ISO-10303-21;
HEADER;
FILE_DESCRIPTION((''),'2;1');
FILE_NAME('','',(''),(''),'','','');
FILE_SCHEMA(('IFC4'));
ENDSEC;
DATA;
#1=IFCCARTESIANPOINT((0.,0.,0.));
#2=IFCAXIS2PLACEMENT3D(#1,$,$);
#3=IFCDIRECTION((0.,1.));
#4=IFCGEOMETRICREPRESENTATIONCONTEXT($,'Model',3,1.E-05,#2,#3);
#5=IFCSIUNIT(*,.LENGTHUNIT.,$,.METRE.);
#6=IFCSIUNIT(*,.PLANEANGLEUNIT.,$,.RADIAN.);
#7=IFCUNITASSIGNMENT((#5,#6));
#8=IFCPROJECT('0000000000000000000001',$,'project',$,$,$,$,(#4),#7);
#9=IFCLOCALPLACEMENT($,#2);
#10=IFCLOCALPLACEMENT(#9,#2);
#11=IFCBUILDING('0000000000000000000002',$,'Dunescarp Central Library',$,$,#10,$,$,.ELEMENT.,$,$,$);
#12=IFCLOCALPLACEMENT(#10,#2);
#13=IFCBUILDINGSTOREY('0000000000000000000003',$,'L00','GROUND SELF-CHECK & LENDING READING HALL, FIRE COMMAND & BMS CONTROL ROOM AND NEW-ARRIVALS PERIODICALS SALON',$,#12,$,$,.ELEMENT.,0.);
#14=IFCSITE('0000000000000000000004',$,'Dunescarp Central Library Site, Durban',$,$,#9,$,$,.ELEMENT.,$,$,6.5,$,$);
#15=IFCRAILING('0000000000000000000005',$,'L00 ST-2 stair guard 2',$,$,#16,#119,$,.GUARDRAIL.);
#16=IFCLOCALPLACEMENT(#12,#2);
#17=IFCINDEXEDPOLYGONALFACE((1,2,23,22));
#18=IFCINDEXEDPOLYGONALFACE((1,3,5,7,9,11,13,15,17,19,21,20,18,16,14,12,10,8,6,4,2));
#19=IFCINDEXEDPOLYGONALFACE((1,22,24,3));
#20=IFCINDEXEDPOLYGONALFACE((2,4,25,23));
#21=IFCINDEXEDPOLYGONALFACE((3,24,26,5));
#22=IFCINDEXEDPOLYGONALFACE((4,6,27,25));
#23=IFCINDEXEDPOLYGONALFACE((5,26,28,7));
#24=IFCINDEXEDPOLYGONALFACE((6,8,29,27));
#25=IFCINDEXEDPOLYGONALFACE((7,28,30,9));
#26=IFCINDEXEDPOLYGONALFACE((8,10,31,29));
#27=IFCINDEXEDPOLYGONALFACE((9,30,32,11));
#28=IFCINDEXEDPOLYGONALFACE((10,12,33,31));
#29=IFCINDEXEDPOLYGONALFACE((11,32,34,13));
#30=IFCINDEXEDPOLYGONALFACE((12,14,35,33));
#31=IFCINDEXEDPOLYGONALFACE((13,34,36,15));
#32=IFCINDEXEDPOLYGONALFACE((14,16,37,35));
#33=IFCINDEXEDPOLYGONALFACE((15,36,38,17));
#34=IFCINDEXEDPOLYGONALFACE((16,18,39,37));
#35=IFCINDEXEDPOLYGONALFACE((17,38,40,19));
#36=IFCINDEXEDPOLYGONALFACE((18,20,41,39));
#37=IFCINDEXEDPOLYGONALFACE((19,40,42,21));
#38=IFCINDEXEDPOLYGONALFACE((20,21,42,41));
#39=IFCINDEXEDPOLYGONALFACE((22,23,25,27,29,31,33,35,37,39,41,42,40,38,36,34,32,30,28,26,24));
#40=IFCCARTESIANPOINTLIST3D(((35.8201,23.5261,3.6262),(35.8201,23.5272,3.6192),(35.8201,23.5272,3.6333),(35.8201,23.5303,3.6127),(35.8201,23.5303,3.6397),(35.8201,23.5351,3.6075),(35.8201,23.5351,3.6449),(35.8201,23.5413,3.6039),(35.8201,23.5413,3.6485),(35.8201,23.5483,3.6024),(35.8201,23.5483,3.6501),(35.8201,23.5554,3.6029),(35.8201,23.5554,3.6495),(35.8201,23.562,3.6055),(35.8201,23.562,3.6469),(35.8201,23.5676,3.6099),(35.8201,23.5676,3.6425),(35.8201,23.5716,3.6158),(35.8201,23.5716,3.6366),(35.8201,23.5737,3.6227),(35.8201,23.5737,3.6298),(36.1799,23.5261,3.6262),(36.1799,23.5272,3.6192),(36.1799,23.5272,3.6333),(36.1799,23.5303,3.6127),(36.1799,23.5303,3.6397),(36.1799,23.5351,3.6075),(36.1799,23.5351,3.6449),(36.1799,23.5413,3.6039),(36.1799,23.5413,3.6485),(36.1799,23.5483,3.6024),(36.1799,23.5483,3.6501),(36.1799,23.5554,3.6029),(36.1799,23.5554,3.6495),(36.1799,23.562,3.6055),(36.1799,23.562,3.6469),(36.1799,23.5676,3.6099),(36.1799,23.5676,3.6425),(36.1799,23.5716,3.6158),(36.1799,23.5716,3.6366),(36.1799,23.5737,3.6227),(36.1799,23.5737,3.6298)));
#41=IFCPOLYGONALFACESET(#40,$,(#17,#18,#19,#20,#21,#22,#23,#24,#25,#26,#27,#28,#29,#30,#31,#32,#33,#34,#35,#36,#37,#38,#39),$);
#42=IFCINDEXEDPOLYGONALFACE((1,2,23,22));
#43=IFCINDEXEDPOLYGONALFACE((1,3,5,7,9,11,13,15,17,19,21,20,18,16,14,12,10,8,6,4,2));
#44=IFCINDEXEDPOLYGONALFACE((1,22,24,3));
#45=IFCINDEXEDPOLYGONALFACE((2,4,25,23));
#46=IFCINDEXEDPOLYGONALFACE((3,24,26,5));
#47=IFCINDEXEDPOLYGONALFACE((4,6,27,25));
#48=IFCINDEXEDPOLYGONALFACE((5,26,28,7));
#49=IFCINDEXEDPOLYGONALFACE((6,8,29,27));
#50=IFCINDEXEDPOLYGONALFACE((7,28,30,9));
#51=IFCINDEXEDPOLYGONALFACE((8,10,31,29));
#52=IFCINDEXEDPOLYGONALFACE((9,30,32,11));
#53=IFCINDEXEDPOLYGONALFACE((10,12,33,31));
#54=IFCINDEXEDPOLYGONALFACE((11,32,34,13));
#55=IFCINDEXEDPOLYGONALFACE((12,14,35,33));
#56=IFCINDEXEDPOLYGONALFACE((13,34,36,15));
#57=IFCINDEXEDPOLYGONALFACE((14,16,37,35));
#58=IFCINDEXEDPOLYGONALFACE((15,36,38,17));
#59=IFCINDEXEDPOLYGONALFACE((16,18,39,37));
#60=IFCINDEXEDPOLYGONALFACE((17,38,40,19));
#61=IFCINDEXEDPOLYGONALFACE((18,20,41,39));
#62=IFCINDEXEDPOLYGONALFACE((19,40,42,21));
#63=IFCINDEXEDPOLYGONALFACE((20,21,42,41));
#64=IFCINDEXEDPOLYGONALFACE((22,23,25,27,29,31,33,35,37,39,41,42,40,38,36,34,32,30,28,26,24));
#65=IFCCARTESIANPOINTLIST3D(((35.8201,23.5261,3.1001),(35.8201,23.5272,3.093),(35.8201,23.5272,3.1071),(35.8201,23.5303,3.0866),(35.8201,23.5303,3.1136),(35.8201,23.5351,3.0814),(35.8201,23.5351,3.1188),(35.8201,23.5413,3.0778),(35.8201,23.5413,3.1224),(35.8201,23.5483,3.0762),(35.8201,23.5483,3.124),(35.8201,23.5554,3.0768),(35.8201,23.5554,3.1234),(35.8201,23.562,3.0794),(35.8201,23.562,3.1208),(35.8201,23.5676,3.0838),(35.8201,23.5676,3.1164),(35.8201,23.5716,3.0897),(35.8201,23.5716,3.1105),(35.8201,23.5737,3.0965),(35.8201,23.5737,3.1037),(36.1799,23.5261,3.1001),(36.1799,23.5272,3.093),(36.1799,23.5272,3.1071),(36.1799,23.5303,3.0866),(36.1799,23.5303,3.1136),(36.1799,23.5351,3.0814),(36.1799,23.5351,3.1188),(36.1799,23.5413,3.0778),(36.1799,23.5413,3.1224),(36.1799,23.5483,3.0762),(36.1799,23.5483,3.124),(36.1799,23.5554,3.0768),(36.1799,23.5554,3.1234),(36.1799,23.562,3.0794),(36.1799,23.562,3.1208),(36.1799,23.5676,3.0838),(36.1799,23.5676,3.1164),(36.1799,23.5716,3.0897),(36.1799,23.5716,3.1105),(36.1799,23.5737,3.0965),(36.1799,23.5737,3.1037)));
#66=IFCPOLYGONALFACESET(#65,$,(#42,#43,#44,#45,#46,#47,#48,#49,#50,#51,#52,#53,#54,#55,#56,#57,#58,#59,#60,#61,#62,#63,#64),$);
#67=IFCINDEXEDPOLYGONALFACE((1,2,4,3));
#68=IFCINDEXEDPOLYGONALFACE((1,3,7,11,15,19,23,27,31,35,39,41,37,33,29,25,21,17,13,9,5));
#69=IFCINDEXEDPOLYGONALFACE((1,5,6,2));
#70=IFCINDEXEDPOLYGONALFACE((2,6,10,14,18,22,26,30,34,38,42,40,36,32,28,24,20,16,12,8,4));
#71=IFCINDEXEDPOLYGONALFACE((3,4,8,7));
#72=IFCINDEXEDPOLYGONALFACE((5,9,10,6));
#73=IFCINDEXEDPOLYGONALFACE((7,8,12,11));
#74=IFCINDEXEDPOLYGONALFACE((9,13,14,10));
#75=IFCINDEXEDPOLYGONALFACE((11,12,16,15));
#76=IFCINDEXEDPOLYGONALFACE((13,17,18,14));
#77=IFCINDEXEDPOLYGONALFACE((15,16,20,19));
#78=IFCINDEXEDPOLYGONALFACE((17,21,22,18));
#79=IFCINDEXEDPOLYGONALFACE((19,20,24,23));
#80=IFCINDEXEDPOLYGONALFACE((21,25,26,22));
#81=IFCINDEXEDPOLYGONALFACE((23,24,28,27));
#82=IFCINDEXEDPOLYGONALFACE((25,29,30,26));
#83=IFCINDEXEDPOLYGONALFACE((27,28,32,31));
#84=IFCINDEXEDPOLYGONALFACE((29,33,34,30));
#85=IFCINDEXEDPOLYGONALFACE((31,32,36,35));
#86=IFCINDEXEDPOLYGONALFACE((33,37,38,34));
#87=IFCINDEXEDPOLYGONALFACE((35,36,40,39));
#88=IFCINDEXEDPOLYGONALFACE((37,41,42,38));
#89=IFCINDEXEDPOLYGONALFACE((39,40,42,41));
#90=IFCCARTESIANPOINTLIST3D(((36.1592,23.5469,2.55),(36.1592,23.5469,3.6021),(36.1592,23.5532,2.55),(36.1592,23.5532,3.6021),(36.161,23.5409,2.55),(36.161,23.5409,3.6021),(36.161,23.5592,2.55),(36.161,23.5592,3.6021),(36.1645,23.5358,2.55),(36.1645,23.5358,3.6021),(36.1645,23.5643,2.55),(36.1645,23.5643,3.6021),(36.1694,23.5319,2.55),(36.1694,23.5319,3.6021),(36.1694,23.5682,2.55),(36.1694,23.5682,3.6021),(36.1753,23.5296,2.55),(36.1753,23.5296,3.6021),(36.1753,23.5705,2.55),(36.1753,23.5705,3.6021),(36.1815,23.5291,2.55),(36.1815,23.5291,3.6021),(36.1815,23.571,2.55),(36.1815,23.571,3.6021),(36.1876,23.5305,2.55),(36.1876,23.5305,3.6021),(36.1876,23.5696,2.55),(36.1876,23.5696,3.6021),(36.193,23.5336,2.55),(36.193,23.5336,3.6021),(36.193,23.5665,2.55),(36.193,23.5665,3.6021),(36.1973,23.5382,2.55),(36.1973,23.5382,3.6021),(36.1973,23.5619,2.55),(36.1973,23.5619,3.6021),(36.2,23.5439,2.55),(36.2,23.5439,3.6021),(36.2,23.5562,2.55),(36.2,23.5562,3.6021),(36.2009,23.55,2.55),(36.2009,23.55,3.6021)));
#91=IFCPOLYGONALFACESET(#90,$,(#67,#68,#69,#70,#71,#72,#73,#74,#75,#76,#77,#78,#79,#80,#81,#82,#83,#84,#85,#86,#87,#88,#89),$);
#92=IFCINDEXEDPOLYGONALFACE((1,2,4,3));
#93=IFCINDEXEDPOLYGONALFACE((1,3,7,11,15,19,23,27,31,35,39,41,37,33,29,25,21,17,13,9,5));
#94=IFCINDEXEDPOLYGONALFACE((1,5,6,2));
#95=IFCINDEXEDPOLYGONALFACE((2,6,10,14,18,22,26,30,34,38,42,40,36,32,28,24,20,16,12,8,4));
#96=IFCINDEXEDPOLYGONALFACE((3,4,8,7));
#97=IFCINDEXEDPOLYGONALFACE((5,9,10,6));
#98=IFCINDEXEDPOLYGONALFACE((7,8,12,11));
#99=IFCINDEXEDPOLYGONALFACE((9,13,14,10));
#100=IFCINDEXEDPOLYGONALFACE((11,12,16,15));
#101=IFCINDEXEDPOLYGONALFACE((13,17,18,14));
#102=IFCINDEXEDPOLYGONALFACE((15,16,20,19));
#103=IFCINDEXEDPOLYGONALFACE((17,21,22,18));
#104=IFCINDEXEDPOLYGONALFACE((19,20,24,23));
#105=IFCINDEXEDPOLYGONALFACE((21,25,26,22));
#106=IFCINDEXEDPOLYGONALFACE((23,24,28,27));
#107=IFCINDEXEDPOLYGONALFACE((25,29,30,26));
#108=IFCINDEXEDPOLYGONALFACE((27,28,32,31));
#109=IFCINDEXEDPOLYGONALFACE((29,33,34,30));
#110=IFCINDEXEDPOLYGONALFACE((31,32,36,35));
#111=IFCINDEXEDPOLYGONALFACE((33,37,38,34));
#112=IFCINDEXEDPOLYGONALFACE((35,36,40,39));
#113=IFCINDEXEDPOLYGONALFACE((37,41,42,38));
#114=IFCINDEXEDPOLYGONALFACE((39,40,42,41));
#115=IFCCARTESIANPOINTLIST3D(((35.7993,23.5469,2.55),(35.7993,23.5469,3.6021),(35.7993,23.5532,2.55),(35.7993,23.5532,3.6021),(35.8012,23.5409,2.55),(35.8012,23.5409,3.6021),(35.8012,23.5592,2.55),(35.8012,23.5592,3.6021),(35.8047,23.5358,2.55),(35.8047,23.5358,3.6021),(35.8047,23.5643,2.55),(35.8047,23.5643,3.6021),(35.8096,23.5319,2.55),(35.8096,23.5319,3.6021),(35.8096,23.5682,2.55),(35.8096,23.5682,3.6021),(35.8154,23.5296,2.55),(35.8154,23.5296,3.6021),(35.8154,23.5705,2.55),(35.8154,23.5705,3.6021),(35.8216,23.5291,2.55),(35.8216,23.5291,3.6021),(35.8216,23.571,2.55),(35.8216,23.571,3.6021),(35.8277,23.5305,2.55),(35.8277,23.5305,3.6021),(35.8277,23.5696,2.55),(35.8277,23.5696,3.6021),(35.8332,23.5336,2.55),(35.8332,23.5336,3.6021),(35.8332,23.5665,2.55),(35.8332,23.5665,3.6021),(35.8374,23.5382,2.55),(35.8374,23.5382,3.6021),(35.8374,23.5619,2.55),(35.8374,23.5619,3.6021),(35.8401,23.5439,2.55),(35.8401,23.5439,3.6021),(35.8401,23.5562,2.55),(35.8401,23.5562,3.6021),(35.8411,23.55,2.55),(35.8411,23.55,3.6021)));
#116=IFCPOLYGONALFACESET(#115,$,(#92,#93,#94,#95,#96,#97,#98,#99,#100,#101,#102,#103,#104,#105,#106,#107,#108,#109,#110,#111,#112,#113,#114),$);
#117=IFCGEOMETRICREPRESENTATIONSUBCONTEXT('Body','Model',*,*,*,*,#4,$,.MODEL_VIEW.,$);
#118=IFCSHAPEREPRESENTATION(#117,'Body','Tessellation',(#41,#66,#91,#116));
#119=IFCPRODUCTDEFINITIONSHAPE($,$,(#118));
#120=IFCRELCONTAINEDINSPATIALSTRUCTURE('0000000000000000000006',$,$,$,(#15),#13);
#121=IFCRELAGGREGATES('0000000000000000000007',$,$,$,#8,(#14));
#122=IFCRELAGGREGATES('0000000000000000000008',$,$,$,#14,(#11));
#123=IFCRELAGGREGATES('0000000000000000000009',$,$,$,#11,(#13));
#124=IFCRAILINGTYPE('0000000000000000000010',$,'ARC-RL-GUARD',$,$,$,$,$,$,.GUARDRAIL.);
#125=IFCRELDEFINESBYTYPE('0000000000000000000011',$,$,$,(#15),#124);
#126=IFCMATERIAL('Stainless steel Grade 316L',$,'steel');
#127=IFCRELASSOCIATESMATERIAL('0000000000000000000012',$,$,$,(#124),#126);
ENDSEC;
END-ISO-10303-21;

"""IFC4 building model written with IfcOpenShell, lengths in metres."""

from ifc_helpers import new_model, si_unit, direction, frame, origin, origin_2d, place, context, subcontext, project, spatial, circle, extrude, material, type_object, element, save


model = new_model("IFC4")

# Units and contexts
model_context = context("Model", 3, precision=1e-05, world=origin(), true_north=direction((0.0, 1.0)))
body_context = subcontext(model_context, "Body", "Model", "MODEL_VIEW")
ifc_project = project(units=[si_unit("LENGTHUNIT", "METRE"), si_unit("PLANEANGLEUNIT", "RADIAN")], contexts=[model_context])

# Site, building, storey
site_placement = place(None, origin())
site = spatial("IfcSite", under=ifc_project, at=site_placement, Name="Dunescarp Central Library Site, Durban", CompositionType="ELEMENT", RefElevation=6.5)
building_placement = place(site_placement, origin())
building = spatial("IfcBuilding", under=site, at=building_placement, Name="Dunescarp Central Library", CompositionType="ELEMENT")
storey_placement = place(building_placement, origin())
storey = spatial("IfcBuildingStorey", under=building, at=storey_placement, Name="L00", Description="GROUND SELF-CHECK & LENDING READING HALL, FIRE COMMAND & BMS CONTROL ROOM AND NEW-ARRIVALS PERIODICALS SALON", CompositionType="ELEMENT", Elevation=0.0)

# Railing
ifc_material_1 = material(Name="Stainless steel Grade 316L", Category="steel")
railing_type_1 = type_object("IfcRailingType", Name="ARC-RL-GUARD", PredefinedType="GUARDRAIL", material=ifc_material_1)
railing_1_placement = place(storey_placement, frame((36.1799, 23.55, 2.55)))
element("IfcRailing", 1, at=railing_1_placement, inside=storey, type_object=railing_type_1, Name="L00 ST-2 stair guard 2", PredefinedType="GUARDRAIL", context=body_context, shape_type="SweptSolid", body=[
    extrude(circle(Radius=0.0239, at=origin_2d()), frame((0.0, 0.0, 1.0762), z_axis=(-1.0, 0.0, 0.0), x_axis=(0.0, -1.0, 0.0)), (0.0, 0.0, 1.0), 0.3599),
    extrude(circle(Radius=0.0239, at=origin_2d()), frame((0.0, 0.0, 0.55), z_axis=(-1.0, 0.0, 0.0), x_axis=(0.0, -1.0, 0.0)), (0.0, 0.0, 1.0), 0.3599),
    extrude(circle(Radius=0.021, at=origin_2d()), origin(), (0.0, 0.0, 1.0), 1.052),
    extrude(circle(Radius=0.021, at=origin_2d()), frame((-0.3599, 0.0, 0.0)), (0.0, 0.0, 1.0), 1.052),
])

save(model, "model.ifc")
